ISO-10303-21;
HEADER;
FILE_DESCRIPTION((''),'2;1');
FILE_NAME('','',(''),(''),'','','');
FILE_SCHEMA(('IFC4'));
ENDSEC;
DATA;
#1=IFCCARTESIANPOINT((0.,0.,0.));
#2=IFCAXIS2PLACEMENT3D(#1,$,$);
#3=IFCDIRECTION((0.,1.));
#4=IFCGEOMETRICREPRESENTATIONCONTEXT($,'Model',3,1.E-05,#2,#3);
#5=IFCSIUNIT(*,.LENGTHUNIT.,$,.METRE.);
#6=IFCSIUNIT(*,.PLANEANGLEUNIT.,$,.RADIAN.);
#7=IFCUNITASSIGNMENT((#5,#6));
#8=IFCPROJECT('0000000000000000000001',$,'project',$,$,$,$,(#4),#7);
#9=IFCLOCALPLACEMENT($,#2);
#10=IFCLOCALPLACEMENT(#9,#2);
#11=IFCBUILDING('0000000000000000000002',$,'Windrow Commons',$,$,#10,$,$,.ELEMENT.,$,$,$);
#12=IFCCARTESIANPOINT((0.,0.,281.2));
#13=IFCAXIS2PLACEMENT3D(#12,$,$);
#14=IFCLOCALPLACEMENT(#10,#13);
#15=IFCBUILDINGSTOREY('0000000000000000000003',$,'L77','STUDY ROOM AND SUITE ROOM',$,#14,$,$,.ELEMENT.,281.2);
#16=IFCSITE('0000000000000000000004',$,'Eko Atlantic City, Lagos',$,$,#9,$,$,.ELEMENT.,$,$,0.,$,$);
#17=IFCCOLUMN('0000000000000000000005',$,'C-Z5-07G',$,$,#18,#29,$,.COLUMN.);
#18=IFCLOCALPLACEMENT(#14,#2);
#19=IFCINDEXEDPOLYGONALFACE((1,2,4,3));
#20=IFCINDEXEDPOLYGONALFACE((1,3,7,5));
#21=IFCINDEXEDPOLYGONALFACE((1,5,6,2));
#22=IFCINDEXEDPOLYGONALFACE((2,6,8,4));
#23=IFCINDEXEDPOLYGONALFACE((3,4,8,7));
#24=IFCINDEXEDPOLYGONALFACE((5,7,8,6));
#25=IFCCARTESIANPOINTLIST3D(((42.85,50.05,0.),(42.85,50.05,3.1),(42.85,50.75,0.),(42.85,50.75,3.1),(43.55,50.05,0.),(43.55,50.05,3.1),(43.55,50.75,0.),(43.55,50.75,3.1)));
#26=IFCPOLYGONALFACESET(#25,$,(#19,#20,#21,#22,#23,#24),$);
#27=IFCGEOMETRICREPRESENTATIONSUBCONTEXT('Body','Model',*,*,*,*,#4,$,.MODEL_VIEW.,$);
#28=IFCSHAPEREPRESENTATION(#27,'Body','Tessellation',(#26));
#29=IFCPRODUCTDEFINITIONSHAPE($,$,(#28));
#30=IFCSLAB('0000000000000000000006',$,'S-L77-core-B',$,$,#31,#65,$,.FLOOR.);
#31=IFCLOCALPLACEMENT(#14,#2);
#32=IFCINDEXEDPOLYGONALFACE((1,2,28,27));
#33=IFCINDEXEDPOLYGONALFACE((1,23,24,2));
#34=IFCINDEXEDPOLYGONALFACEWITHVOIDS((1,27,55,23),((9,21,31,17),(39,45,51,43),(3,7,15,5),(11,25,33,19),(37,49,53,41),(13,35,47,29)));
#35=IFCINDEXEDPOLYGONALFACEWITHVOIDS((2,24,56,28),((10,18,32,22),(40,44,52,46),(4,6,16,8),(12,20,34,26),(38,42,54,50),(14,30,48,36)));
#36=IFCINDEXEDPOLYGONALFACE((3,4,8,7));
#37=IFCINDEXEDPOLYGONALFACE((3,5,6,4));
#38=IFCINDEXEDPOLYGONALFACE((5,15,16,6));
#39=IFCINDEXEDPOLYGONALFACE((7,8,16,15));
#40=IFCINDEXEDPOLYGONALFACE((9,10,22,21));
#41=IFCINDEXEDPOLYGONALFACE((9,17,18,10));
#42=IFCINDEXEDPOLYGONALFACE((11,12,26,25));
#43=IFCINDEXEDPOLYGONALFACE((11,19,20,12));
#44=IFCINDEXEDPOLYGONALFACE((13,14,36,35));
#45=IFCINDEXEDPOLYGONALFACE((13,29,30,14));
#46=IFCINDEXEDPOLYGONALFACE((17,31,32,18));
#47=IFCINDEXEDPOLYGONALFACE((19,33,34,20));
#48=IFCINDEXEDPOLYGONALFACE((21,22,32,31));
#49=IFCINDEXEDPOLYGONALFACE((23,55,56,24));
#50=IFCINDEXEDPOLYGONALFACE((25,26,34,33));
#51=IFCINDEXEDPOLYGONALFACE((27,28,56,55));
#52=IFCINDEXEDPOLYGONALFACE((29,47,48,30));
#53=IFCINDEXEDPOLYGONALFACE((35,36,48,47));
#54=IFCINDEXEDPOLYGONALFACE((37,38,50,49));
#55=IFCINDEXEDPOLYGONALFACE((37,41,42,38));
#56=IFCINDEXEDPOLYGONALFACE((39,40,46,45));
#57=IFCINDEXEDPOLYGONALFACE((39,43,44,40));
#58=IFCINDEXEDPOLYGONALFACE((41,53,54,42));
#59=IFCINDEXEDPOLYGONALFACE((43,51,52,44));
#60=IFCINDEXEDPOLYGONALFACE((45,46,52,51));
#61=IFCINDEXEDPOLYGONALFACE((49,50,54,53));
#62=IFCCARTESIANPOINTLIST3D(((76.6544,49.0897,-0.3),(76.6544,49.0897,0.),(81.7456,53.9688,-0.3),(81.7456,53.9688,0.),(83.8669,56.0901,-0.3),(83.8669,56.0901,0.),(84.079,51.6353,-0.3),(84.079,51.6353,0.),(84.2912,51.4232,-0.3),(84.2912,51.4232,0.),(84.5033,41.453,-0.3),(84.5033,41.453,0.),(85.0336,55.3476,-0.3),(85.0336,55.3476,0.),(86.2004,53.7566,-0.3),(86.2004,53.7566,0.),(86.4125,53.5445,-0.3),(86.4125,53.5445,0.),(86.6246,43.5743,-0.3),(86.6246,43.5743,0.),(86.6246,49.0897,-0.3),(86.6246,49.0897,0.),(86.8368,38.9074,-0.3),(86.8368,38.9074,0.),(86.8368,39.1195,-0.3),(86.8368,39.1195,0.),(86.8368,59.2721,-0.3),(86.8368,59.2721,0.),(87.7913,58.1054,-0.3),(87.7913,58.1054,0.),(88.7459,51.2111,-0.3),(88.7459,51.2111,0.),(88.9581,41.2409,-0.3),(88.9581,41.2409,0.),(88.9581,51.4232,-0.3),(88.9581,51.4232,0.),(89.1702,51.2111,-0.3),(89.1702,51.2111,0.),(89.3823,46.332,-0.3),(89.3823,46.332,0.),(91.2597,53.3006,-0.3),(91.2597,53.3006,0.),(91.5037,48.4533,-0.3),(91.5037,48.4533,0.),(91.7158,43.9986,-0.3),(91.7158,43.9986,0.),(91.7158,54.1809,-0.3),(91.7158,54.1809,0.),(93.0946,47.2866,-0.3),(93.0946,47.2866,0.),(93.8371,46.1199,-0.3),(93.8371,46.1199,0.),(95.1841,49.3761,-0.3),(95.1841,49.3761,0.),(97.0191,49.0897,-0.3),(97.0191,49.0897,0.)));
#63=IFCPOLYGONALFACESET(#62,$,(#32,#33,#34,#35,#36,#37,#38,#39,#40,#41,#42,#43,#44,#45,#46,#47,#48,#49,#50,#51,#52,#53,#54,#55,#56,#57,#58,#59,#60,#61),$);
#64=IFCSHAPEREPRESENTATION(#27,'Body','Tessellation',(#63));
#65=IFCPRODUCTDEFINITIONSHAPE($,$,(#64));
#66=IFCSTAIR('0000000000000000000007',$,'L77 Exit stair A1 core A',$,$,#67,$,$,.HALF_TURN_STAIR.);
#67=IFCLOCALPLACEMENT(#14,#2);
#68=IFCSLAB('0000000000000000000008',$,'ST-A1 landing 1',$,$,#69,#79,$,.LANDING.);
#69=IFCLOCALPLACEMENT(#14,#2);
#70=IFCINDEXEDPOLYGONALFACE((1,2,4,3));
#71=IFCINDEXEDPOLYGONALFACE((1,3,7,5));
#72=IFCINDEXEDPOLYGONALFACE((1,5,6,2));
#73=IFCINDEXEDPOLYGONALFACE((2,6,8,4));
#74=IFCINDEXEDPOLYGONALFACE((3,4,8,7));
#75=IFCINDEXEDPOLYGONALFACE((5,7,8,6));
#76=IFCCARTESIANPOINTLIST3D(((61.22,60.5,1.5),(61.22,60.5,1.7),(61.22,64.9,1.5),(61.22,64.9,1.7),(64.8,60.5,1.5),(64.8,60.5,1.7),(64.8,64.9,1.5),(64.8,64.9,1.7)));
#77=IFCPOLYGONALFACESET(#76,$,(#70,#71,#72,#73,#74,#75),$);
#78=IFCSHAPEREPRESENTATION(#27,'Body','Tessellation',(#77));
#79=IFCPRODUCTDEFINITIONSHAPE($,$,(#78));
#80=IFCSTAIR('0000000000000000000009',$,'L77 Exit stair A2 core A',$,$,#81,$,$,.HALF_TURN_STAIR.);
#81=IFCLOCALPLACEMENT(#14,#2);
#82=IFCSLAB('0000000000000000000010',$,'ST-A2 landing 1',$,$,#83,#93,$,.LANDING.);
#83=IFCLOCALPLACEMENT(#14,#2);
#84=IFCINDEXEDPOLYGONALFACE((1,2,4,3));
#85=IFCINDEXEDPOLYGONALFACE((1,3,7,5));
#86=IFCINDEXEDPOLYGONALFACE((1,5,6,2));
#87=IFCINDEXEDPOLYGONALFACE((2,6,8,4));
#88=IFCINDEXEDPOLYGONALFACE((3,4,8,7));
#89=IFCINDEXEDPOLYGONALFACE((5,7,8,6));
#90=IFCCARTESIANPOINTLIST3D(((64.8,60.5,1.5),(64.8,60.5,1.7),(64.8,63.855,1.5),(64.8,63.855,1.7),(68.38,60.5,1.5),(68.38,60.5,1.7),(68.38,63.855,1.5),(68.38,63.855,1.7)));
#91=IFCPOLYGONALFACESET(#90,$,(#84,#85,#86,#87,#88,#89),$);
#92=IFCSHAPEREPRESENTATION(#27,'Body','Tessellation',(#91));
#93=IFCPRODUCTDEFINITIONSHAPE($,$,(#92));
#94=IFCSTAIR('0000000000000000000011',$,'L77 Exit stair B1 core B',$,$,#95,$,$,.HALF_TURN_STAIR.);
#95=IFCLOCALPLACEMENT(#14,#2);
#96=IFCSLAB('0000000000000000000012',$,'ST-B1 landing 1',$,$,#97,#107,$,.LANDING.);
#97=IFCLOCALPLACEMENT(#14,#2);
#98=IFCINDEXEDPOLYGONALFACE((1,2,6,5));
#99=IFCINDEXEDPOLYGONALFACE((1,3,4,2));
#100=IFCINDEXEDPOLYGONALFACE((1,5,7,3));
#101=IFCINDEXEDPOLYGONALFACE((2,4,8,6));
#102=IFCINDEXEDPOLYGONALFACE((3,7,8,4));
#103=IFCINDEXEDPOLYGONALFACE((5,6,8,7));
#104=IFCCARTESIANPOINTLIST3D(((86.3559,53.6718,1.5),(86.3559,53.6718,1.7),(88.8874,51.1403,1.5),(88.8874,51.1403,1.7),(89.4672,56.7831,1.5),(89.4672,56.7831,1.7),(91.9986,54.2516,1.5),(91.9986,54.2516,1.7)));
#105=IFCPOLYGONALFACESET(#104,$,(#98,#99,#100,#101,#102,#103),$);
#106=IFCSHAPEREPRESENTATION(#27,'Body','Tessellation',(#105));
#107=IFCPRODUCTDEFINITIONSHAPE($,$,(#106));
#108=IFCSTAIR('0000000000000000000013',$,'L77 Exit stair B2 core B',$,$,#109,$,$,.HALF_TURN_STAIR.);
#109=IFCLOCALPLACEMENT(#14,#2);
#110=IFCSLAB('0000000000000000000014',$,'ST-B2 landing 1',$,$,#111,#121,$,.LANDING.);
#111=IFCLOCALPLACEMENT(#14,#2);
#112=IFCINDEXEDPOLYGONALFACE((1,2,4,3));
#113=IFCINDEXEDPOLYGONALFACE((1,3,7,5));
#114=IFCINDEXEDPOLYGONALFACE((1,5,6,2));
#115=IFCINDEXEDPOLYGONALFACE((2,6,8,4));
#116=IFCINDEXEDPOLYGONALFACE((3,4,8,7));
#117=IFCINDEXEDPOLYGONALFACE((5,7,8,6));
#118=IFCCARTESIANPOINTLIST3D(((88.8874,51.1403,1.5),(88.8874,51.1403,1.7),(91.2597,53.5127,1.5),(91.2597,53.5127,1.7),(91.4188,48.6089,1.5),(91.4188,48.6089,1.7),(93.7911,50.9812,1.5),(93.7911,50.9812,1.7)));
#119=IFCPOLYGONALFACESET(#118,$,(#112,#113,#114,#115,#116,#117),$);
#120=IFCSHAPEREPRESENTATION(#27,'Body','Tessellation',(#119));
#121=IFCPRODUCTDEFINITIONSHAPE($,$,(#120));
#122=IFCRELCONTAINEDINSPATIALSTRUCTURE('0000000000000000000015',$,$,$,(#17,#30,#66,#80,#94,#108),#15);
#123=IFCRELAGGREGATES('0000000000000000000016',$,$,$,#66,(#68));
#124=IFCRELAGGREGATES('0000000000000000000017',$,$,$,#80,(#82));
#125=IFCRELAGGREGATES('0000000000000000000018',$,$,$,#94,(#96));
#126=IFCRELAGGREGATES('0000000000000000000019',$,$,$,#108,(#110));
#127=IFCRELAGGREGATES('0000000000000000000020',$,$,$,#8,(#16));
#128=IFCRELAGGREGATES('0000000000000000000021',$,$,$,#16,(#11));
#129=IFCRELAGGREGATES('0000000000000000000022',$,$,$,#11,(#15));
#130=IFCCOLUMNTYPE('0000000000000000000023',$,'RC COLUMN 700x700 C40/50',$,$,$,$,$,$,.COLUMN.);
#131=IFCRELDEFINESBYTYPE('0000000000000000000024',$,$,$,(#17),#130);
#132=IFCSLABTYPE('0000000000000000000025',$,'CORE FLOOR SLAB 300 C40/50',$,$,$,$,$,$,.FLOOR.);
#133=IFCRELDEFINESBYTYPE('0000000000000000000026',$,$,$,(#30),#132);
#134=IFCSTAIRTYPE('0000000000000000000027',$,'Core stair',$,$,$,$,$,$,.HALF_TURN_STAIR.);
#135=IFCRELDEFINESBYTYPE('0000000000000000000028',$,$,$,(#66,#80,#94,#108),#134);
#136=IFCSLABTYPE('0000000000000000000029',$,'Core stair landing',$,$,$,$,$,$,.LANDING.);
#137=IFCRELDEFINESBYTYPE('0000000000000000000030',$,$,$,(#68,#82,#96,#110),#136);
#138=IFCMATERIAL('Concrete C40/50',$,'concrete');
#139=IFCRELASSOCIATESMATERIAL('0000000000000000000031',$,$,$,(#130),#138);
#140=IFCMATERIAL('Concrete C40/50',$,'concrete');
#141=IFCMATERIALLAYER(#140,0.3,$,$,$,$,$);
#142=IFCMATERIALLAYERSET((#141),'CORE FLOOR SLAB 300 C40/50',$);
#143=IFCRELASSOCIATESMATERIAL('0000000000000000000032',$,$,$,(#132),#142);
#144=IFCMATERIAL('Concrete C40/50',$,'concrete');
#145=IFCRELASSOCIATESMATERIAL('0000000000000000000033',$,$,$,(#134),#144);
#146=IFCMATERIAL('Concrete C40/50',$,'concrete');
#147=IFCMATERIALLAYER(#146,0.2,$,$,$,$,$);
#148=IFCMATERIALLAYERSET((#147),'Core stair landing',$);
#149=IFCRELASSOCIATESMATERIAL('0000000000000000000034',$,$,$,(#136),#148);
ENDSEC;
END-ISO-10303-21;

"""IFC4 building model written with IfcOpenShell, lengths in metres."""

from ifc_helpers import new_model, si_unit, direction, frame, origin, origin_2d, place, context, subcontext, project, spatial, polyline, rectangle, outline, extrude, material, layer, layer_set, material_profile, profile_set, type_object, element, aggregate, save


model = new_model("IFC4")

# Units and contexts
model_context = context("Model", 3, precision=1e-05, world=origin(), true_north=direction((0.0, 1.0)))
body_context = subcontext(model_context, "Body", "Model", "MODEL_VIEW")
ifc_project = project(units=[si_unit("LENGTHUNIT", "METRE"), si_unit("PLANEANGLEUNIT", "RADIAN")], contexts=[model_context])

# Site, building, storey
site_placement = place(None, origin())
site = spatial("IfcSite", under=ifc_project, at=site_placement, Name="Eko Atlantic City, Lagos", CompositionType="ELEMENT", RefElevation=0.0)
building_placement = place(site_placement, origin())
building = spatial("IfcBuilding", under=site, at=building_placement, Name="Windrow Commons", CompositionType="ELEMENT")
storey_placement = place(building_placement, frame((0.0, 0.0, 281.2)))
storey = spatial("IfcBuildingStorey", under=building, at=storey_placement, Name="L77", Description="STUDY ROOM AND SUITE ROOM", CompositionType="ELEMENT", Elevation=281.2)

# Column
ifc_material_1 = material(Name="Concrete C40/50", Category="concrete")
ifc_material_profile = material_profile(ifc_material_1, rectangle(XDim=0.7, YDim=0.7, at=origin_2d()))
ifc_profile_set = profile_set([ifc_material_profile], Name="Concrete C40/50")
column_type = type_object("IfcColumnType", Name="RC COLUMN 700x700 C40/50", PredefinedType="COLUMN", material=ifc_profile_set)
column_placement = place(storey_placement, frame((43.2, 50.4, 0.0), z_axis=(0.0, 0.0, 1.0), x_axis=(1.0, 0.0, 0.0)))
element("IfcColumn", 1, at=column_placement, inside=storey, type_object=column_type, Name="C-Z5-07G", PredefinedType="COLUMN", context=body_context, shape_type="SweptSolid", body=[
    extrude(rectangle(XDim=0.7, YDim=0.7, at=origin_2d()), origin(), (0.0, 0.0, 1.0), 3.1),
])

# Slab, openings
ifc_material_2 = material(Name="Concrete C40/50", Category="concrete")
ifc_layer_1 = layer(ifc_material_2, 0.3)
ifc_layer_set_1 = layer_set([ifc_layer_1], Name="CORE FLOOR SLAB 300 C40/50")
slab_type_1 = type_object("IfcSlabType", Name="CORE FLOOR SLAB 300 C40/50", PredefinedType="FLOOR", material=ifc_layer_set_1)
placement_1 = place(storey_placement, frame((0.0, 0.0, -0.3)))
slab_1 = element("IfcSlab", 2, at=placement_1, inside=storey, type_object=slab_type_1, Name="S-L77-core-B", PredefinedType="FLOOR", context=body_context, shape_type="SweptSolid", body=[
    extrude(outline(polyline([(76.6544, 49.0897), (86.8368, 38.9074), (97.0191, 49.0897), (86.8368, 59.2721), (76.6544, 49.0897)]), holes=[polyline([(84.5033, 41.453), (86.8368, 39.1195), (88.9581, 41.2409), (86.6246, 43.5743), (84.5033, 41.453)]), polyline([(81.7456, 53.9688), (84.079, 51.6353), (86.2004, 53.7566), (83.8669, 56.0901), (81.7456, 53.9688)]), polyline([(84.2912, 51.4232), (86.6246, 49.0897), (88.7459, 51.2111), (86.4125, 53.5445), (84.2912, 51.4232)]), polyline([(89.3823, 46.332), (91.7158, 43.9986), (93.8371, 46.1199), (91.5037, 48.4533), (89.3823, 46.332)]), polyline([(85.0336, 55.3476), (88.9581, 51.4232), (91.7158, 54.1809), (87.7913, 58.1054), (85.0336, 55.3476)]), polyline([(89.1702, 51.2111), (93.0946, 47.2866), (95.1841, 49.3761), (91.2597, 53.3006), (89.1702, 51.2111)])]), origin(), (0.0, 0.0, 1.0), 0.3),
])
opening_1_placement = place(placement_1, origin())
element("IfcOpeningElement", 3, at=opening_1_placement, cuts=slab_1, PredefinedType="OPENING", context=body_context, shape_type="SweptSolid", body=[
    extrude(outline(polyline([(84.5104, 41.453), (86.6246, 43.5672), (88.951, 41.2409), (86.8368, 39.1266), (84.5104, 41.453)])), origin(), (0.0, 0.0, 1.0), 0.3),
])
opening_2_placement = place(placement_1, origin())
element("IfcOpeningElement", 4, at=opening_2_placement, cuts=slab_1, PredefinedType="OPENING", context=body_context, shape_type="SweptSolid", body=[
    extrude(outline(polyline([(81.7527, 53.9688), (83.8669, 56.083), (86.1933, 53.7566), (84.079, 51.6424), (81.7527, 53.9688)])), origin(), (0.0, 0.0, 1.0), 0.3),
])
opening_3_placement = place(placement_1, origin())
element("IfcOpeningElement", 5, at=opening_3_placement, cuts=slab_1, PredefinedType="OPENING", context=body_context, shape_type="SweptSolid", body=[
    extrude(outline(polyline([(84.2983, 51.4232), (86.4125, 53.5374), (88.7388, 51.2111), (86.6246, 49.0968), (84.2983, 51.4232)])), origin(), (0.0, 0.0, 1.0), 0.3),
])
opening_4_placement = place(placement_1, origin())
element("IfcOpeningElement", 6, at=opening_4_placement, cuts=slab_1, PredefinedType="OPENING", context=body_context, shape_type="SweptSolid", body=[
    extrude(outline(polyline([(89.3894, 46.332), (91.5037, 48.4462), (93.83, 46.1199), (91.7158, 44.0057), (89.3894, 46.332)])), origin(), (0.0, 0.0, 1.0), 0.3),
])
opening_5_placement = place(placement_1, origin())
element("IfcOpeningElement", 7, at=opening_5_placement, cuts=slab_1, PredefinedType="OPENING", context=body_context, shape_type="SweptSolid", body=[
    extrude(outline(polyline([(85.0407, 55.3476), (87.7913, 58.0983), (91.7087, 54.1809), (88.9581, 51.4303), (85.0407, 55.3476)])), origin(), (0.0, 0.0, 1.0), 0.3),
])
opening_6_placement = place(placement_1, origin())
element("IfcOpeningElement", 8, at=opening_6_placement, cuts=slab_1, PredefinedType="OPENING", context=body_context, shape_type="SweptSolid", body=[
    extrude(outline(polyline([(89.1773, 51.2111), (91.2597, 53.2935), (95.177, 49.3761), (93.0946, 47.2937), (89.1773, 51.2111)])), origin(), (0.0, 0.0, 1.0), 0.3),
])

# Stairs, slabs
ifc_material_3 = material(Name="Concrete C40/50", Category="concrete")
stair_type = type_object("IfcStairType", Name="Core stair", PredefinedType="HALF_TURN_STAIR", material=ifc_material_3)
placement_2 = place(storey_placement, origin())
stair_1 = element("IfcStair", 9, at=placement_2, inside=storey, type_object=stair_type, Name="L77 Exit stair A1 core A", PredefinedType="HALF_TURN_STAIR")
ifc_material_4 = material(Name="Concrete C40/50", Category="concrete")
ifc_layer_2 = layer(ifc_material_4, 0.2)
ifc_layer_set_2 = layer_set([ifc_layer_2], Name="Core stair landing")
slab_type_2 = type_object("IfcSlabType", Name="Core stair landing", PredefinedType="LANDING", material=ifc_layer_set_2)
placement_3 = place(storey_placement, frame((0.0, 0.0, 1.5)))
slab_2 = element("IfcSlab", 10, at=placement_3, type_object=slab_type_2, Name="ST-A1 landing 1", PredefinedType="LANDING", context=body_context, shape_type="SweptSolid", body=[
    extrude(outline(polyline([(61.22, 60.5), (64.8, 60.5), (64.8, 64.9), (61.22, 64.9), (61.22, 60.5)])), origin(), (0.0, 0.0, 1.0), 0.2),
])
aggregate(stair_1, [slab_2])
stair_2 = element("IfcStair", 11, at=placement_2, inside=storey, type_object=stair_type, Name="L77 Exit stair A2 core A", PredefinedType="HALF_TURN_STAIR")
slab_3 = element("IfcSlab", 12, at=placement_3, type_object=slab_type_2, Name="ST-A2 landing 1", PredefinedType="LANDING", context=body_context, shape_type="SweptSolid", body=[
    extrude(outline(polyline([(64.8, 60.5), (68.38, 60.5), (68.38, 63.855), (64.8, 63.855), (64.8, 60.5)])), origin(), (0.0, 0.0, 1.0), 0.2),
])
aggregate(stair_2, [slab_3])
stair_3 = element("IfcStair", 13, at=placement_2, inside=storey, type_object=stair_type, Name="L77 Exit stair B1 core B", PredefinedType="HALF_TURN_STAIR")
slab_4 = element("IfcSlab", 14, at=placement_3, type_object=slab_type_2, Name="ST-B1 landing 1", PredefinedType="LANDING", context=body_context, shape_type="SweptSolid", body=[
    extrude(outline(polyline([(86.3559, 53.6718), (88.8874, 51.1403), (91.9986, 54.2516), (89.4672, 56.7831), (86.3559, 53.6718)])), origin(), (0.0, 0.0, 1.0), 0.2),
])
aggregate(stair_3, [slab_4])
stair_4 = element("IfcStair", 15, at=placement_2, inside=storey, type_object=stair_type, Name="L77 Exit stair B2 core B", PredefinedType="HALF_TURN_STAIR")
slab_5 = element("IfcSlab", 16, at=placement_3, type_object=slab_type_2, Name="ST-B2 landing 1", PredefinedType="LANDING", context=body_context, shape_type="SweptSolid", body=[
    extrude(outline(polyline([(88.8874, 51.1403), (91.4188, 48.6089), (93.7911, 50.9812), (91.2597, 53.5127), (88.8874, 51.1403)])), origin(), (0.0, 0.0, 1.0), 0.2),
])
aggregate(stair_4, [slab_5])

save(model, "model.ifc")
